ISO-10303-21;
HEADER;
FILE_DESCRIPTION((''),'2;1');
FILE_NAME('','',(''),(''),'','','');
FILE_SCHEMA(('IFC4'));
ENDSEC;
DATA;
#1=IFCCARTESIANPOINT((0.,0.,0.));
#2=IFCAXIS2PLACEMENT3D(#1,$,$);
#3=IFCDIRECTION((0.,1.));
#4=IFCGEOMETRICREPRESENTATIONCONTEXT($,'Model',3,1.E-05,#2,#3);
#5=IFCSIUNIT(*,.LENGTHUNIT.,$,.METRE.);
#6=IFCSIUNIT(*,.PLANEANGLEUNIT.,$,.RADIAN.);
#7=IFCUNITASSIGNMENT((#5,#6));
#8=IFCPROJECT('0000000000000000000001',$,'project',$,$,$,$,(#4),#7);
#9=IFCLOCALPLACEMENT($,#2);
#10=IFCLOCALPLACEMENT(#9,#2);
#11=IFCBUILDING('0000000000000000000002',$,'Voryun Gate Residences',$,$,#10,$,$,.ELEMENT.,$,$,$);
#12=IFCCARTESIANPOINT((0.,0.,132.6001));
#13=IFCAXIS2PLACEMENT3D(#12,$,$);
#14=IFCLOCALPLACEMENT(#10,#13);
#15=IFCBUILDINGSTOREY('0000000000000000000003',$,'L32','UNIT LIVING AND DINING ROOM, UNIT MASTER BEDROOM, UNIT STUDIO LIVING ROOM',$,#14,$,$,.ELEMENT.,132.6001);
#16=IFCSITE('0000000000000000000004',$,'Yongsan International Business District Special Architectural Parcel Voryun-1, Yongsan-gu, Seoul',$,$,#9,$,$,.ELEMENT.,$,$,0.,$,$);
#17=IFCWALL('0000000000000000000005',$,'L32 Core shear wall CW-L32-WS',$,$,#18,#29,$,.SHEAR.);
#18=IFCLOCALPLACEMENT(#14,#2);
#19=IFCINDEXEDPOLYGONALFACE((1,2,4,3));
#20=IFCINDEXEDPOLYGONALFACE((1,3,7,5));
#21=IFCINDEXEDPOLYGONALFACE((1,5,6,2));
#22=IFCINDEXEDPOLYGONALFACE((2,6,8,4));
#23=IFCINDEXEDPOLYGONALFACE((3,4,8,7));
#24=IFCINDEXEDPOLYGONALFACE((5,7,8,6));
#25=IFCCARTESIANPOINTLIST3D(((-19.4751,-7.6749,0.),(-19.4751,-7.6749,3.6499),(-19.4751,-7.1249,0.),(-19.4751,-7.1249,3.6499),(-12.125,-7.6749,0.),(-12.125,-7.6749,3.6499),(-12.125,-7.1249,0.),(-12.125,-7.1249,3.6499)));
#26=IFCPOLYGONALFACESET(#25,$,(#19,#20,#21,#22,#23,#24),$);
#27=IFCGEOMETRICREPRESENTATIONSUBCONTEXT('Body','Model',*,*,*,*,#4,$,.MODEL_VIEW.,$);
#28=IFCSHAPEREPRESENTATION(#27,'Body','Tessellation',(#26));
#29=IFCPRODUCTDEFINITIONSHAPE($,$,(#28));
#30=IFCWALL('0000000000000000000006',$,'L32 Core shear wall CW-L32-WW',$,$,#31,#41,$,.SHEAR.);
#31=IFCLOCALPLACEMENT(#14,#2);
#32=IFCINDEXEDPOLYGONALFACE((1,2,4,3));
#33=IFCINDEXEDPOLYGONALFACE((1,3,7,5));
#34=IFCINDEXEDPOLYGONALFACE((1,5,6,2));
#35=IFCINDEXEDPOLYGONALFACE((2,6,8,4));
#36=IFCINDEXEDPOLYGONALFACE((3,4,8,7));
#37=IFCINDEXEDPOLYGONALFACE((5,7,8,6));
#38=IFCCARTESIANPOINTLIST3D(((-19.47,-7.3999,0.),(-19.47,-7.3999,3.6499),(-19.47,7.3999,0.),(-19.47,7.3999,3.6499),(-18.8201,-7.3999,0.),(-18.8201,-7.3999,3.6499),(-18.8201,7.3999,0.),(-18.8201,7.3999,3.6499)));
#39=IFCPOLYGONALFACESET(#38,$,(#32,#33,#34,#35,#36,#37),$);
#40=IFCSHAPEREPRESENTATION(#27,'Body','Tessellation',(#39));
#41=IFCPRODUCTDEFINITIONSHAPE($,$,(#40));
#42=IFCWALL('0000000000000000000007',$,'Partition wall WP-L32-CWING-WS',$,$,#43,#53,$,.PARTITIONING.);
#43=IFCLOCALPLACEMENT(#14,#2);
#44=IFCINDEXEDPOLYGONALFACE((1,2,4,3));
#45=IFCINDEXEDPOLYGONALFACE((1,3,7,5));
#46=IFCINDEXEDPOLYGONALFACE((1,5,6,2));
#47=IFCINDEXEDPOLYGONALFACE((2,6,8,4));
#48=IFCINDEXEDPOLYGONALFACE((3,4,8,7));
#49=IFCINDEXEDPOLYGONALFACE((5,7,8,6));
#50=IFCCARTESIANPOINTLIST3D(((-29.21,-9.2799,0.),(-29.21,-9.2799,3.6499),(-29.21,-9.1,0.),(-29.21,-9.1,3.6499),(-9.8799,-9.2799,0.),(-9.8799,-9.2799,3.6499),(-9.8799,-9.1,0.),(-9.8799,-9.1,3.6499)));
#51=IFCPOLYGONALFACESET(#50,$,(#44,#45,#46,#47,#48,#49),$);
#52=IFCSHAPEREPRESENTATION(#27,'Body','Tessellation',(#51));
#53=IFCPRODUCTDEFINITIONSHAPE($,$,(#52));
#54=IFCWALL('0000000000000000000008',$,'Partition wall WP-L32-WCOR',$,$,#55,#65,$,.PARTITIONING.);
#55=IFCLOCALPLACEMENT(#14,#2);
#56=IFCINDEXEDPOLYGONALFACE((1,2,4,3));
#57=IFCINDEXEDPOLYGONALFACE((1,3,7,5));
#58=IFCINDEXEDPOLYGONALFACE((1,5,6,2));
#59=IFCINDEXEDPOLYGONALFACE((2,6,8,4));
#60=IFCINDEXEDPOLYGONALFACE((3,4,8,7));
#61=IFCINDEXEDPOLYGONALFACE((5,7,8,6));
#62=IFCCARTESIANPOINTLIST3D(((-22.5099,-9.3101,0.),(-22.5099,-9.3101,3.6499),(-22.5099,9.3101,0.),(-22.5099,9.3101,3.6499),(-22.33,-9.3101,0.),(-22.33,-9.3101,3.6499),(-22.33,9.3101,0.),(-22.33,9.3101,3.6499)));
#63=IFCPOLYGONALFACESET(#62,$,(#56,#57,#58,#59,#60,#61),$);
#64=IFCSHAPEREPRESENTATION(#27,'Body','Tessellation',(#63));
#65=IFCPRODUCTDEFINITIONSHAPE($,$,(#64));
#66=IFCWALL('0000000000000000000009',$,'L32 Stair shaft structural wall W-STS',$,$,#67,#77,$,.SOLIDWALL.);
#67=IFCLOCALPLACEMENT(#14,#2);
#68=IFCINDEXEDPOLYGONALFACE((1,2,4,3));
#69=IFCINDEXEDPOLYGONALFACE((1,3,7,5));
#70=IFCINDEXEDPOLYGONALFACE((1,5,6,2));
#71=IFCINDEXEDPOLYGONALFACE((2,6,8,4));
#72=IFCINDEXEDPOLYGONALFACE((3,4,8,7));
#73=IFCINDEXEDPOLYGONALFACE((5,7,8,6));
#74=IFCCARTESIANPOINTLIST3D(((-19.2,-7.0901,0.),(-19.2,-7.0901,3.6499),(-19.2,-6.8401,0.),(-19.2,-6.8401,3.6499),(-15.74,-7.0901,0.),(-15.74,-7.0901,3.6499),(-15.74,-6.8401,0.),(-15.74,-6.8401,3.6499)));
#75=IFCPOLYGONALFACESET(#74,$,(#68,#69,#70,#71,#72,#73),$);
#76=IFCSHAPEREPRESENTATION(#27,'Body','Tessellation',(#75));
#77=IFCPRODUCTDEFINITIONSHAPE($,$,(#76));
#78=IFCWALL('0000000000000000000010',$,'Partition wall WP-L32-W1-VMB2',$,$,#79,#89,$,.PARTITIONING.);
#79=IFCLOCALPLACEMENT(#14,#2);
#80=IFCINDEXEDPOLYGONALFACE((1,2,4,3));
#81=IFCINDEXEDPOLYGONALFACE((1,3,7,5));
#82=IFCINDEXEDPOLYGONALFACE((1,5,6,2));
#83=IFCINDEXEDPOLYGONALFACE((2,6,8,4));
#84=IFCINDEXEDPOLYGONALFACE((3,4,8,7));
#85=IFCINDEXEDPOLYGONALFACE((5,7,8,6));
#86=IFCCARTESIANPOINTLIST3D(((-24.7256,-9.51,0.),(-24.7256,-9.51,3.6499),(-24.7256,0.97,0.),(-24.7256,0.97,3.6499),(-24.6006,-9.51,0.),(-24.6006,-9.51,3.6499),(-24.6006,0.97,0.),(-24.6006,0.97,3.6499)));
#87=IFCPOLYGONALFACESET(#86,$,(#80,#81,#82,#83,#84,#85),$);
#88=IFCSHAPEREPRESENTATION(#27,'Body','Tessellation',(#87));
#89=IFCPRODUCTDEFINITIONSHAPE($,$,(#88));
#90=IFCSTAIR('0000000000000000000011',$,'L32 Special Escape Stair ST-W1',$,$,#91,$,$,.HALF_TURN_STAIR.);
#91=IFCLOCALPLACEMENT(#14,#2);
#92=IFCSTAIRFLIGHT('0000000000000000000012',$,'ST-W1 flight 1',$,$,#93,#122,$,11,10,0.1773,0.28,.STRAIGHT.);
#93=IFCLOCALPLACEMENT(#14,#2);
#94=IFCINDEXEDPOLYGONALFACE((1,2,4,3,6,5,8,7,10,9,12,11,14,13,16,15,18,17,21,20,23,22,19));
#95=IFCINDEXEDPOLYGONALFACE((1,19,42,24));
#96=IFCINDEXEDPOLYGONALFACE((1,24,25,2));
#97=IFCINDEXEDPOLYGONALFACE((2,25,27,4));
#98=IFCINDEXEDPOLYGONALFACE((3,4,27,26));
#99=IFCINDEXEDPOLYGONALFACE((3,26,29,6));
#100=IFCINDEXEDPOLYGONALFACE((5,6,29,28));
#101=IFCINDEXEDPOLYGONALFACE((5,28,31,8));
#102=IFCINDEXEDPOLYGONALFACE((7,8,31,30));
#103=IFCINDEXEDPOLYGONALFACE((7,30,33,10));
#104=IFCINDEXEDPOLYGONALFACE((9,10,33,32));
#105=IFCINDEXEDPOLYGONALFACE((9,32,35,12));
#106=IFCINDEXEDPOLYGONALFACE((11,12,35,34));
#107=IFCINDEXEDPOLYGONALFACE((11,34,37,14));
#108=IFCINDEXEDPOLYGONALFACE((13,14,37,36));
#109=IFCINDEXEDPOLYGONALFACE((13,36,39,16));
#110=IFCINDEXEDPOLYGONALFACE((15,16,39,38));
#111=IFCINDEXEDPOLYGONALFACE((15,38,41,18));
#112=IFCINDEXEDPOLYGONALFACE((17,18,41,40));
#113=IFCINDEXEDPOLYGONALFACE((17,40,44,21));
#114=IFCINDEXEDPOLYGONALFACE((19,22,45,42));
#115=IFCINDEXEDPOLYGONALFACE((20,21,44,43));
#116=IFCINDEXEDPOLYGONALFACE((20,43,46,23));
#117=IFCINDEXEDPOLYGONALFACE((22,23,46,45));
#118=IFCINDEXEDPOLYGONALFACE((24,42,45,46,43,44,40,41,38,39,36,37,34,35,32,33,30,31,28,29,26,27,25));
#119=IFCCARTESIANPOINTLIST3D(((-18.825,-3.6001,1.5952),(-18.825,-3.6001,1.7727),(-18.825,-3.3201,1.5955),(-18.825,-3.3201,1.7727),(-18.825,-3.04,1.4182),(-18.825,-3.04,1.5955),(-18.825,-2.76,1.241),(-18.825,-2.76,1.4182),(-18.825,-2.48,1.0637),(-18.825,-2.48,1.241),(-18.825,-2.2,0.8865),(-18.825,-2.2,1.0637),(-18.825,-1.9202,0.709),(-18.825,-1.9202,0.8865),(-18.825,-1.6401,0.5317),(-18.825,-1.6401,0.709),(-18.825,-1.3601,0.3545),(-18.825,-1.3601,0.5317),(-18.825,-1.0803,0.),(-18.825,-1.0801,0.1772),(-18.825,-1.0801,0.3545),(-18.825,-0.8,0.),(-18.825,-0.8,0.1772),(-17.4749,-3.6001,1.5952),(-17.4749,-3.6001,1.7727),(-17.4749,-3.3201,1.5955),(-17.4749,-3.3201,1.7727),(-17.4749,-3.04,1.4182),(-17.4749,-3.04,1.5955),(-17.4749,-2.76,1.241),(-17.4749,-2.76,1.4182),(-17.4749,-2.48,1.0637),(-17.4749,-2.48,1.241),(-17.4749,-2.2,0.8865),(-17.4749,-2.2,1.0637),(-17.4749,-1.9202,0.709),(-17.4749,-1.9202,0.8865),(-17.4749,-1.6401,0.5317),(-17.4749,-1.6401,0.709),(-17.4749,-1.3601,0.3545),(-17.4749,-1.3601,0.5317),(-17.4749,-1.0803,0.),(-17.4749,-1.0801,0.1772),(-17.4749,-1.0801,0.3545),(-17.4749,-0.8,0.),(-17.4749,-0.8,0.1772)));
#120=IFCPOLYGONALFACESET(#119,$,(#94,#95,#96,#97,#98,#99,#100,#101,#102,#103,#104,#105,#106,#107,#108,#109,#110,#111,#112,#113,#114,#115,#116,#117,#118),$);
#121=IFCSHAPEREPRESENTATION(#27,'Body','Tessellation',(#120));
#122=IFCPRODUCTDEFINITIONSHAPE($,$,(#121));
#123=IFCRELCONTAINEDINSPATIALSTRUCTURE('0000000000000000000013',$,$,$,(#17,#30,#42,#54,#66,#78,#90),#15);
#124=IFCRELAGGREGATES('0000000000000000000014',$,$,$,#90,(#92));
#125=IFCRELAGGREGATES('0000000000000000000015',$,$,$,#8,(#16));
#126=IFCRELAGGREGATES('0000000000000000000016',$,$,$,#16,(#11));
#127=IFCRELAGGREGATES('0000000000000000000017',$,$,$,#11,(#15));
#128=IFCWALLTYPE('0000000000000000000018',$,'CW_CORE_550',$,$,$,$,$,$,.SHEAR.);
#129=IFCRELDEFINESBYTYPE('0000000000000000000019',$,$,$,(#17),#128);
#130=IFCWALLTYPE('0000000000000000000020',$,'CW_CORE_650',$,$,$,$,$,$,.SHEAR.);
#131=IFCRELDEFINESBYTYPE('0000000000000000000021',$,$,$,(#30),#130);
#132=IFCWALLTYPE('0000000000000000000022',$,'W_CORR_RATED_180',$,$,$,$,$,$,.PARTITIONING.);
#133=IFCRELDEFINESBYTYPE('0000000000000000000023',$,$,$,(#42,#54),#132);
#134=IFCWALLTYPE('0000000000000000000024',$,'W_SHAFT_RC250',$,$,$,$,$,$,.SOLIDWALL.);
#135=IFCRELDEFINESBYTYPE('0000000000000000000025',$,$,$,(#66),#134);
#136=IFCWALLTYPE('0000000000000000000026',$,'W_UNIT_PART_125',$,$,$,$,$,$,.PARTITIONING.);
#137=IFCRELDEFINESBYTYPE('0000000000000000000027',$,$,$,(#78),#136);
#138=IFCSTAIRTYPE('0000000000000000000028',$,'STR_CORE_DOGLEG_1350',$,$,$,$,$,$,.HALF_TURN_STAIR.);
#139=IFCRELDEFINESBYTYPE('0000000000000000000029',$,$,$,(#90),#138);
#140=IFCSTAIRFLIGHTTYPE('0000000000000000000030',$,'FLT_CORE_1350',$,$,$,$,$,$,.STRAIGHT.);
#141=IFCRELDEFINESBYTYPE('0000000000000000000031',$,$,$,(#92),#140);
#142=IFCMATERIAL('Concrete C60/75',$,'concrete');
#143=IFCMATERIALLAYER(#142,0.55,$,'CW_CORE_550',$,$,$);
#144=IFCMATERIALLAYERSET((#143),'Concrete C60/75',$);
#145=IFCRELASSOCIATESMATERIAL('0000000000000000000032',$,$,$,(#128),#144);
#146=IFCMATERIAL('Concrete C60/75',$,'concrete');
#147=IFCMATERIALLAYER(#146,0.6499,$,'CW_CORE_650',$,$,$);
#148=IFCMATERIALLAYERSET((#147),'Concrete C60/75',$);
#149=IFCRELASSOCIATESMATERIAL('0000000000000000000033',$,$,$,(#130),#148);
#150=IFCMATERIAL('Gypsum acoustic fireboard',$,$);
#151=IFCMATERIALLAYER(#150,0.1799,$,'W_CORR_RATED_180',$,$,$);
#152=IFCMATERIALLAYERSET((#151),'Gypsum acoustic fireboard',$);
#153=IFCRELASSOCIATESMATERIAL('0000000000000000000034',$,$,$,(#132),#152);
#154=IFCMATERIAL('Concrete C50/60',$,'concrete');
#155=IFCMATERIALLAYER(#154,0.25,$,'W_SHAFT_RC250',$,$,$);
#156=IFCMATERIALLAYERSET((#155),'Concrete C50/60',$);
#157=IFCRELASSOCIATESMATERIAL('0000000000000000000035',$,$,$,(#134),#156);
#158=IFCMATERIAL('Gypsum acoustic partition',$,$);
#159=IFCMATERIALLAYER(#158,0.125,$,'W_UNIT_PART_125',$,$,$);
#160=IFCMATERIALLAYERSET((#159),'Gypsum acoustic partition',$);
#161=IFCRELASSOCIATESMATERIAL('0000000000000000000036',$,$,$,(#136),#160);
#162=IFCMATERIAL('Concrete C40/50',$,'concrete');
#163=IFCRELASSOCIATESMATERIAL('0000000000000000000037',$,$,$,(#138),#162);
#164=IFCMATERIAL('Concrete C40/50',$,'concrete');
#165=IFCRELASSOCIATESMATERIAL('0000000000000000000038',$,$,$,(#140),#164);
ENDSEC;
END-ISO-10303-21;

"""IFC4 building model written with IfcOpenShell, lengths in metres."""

from ifc_helpers import new_model, si_unit, direction, frame, frame_2d, origin, place, context, subcontext, project, spatial, polyline, rectangle, outline, extrude, material, layer, layer_set, type_object, element, aggregate, save


model = new_model("IFC4")

# Units and contexts
model_context = context("Model", 3, precision=1e-05, world=origin(), true_north=direction((0.0, 1.0)))
body_context = subcontext(model_context, "Body", "Model", "MODEL_VIEW")
ifc_project = project(units=[si_unit("LENGTHUNIT", "METRE"), si_unit("PLANEANGLEUNIT", "RADIAN")], contexts=[model_context])

# Site, building, storey
site_placement = place(None, origin())
site = spatial("IfcSite", under=ifc_project, at=site_placement, Name="Yongsan International Business District Special Architectural Parcel Voryun-1, Yongsan-gu, Seoul", CompositionType="ELEMENT", RefElevation=0.0)
building_placement = place(site_placement, origin())
building = spatial("IfcBuilding", under=site, at=building_placement, Name="Voryun Gate Residences", CompositionType="ELEMENT")
storey_placement = place(building_placement, frame((0.0, 0.0, 132.6001)))
storey = spatial("IfcBuildingStorey", under=building, at=storey_placement, Name="L32", Description="UNIT LIVING AND DINING ROOM, UNIT MASTER BEDROOM, UNIT STUDIO LIVING ROOM", CompositionType="ELEMENT", Elevation=132.6001)

# Walls
ifc_material_1 = material(Name="Concrete C60/75", Category="concrete")
ifc_layer_1 = layer(ifc_material_1, 0.55, Name="CW_CORE_550")
ifc_layer_set_1 = layer_set([ifc_layer_1], Name="Concrete C60/75")
wall_type_1 = type_object("IfcWallType", Name="CW_CORE_550", PredefinedType="SHEAR", material=ifc_layer_set_1)
wall_1_placement = place(storey_placement, frame((-19.4751, -7.3999, 0.0), z_axis=(0.0, 0.0, 1.0), x_axis=(1.0, 0.0, 0.0)))
element("IfcWall", 1, at=wall_1_placement, inside=storey, type_object=wall_type_1, Name="L32 Core shear wall CW-L32-WS", PredefinedType="SHEAR", context=body_context, shape_type="SweptSolid", body=[
    extrude(rectangle(XDim=7.3501, YDim=0.55, at=frame_2d((3.675, 0.0))), origin(), (0.0, 0.0, 1.0), 3.6499),
])
ifc_material_2 = material(Name="Concrete C60/75", Category="concrete")
ifc_layer_2 = layer(ifc_material_2, 0.6499, Name="CW_CORE_650")
ifc_layer_set_2 = layer_set([ifc_layer_2], Name="Concrete C60/75")
wall_type_2 = type_object("IfcWallType", Name="CW_CORE_650", PredefinedType="SHEAR", material=ifc_layer_set_2)
wall_2_placement = place(storey_placement, frame((-19.145, -7.3999, 0.0), z_axis=(0.0, 0.0, 1.0), x_axis=(0.0, 1.0, 0.0)))
element("IfcWall", 2, at=wall_2_placement, inside=storey, type_object=wall_type_2, Name="L32 Core shear wall CW-L32-WW", PredefinedType="SHEAR", context=body_context, shape_type="SweptSolid", body=[
    extrude(rectangle(XDim=14.7998, YDim=0.6499, at=frame_2d((7.3999, 0.0))), origin(), (0.0, 0.0, 1.0), 3.6499),
])
ifc_material_3 = material(Name="Gypsum acoustic fireboard")
ifc_layer_3 = layer(ifc_material_3, 0.1799, Name="W_CORR_RATED_180")
ifc_layer_set_3 = layer_set([ifc_layer_3], Name="Gypsum acoustic fireboard")
wall_type_3 = type_object("IfcWallType", Name="W_CORR_RATED_180", PredefinedType="PARTITIONING", material=ifc_layer_set_3)
wall_3_placement = place(storey_placement, frame((-29.21, -9.1899, 0.0), z_axis=(0.0, 0.0, 1.0), x_axis=(1.0, 0.0, 0.0)))
element("IfcWall", 3, at=wall_3_placement, inside=storey, type_object=wall_type_3, Name="Partition wall WP-L32-CWING-WS", PredefinedType="PARTITIONING", context=body_context, shape_type="SweptSolid", body=[
    extrude(rectangle(XDim=19.3301, YDim=0.1799, at=frame_2d((9.665, 0.0))), origin(), (0.0, 0.0, 1.0), 3.6499),
])
wall_4_placement = place(storey_placement, frame((-22.4199, -9.3101, 0.0), z_axis=(0.0, 0.0, 1.0), x_axis=(0.0, 1.0, 0.0)))
element("IfcWall", 4, at=wall_4_placement, inside=storey, type_object=wall_type_3, Name="Partition wall WP-L32-WCOR", PredefinedType="PARTITIONING", context=body_context, shape_type="SweptSolid", body=[
    extrude(rectangle(XDim=18.6201, YDim=0.1799, at=frame_2d((9.3101, 0.0))), origin(), (0.0, 0.0, 1.0), 3.6499),
])
ifc_material_4 = material(Name="Concrete C50/60", Category="concrete")
ifc_layer_4 = layer(ifc_material_4, 0.25, Name="W_SHAFT_RC250")
ifc_layer_set_4 = layer_set([ifc_layer_4], Name="Concrete C50/60")
wall_type_4 = type_object("IfcWallType", Name="W_SHAFT_RC250", PredefinedType="SOLIDWALL", material=ifc_layer_set_4)
wall_5_placement = place(storey_placement, frame((-19.2, -6.9651, 0.0), z_axis=(0.0, 0.0, 1.0), x_axis=(1.0, 0.0, 0.0)))
element("IfcWall", 5, at=wall_5_placement, inside=storey, type_object=wall_type_4, Name="L32 Stair shaft structural wall W-STS", PredefinedType="SOLIDWALL", context=body_context, shape_type="SweptSolid", body=[
    extrude(rectangle(XDim=3.46, YDim=0.25, at=frame_2d((1.73, 0.0))), origin(), (0.0, 0.0, 1.0), 3.6499),
])
ifc_material_5 = material(Name="Gypsum acoustic partition")
ifc_layer_5 = layer(ifc_material_5, 0.125, Name="W_UNIT_PART_125")
ifc_layer_set_5 = layer_set([ifc_layer_5], Name="Gypsum acoustic partition")
wall_type_5 = type_object("IfcWallType", Name="W_UNIT_PART_125", PredefinedType="PARTITIONING", material=ifc_layer_set_5)
wall_6_placement = place(storey_placement, frame((-24.6631, -9.51, 0.0), z_axis=(0.0, 0.0, 1.0), x_axis=(0.0, 1.0, 0.0)))
element("IfcWall", 6, at=wall_6_placement, inside=storey, type_object=wall_type_5, Name="Partition wall WP-L32-W1-VMB2", PredefinedType="PARTITIONING", context=body_context, shape_type="SweptSolid", body=[
    extrude(rectangle(XDim=10.48, YDim=0.125, at=frame_2d((5.24, 0.0))), origin(), (0.0, 0.0, 1.0), 3.6499),
])

# Stair, stair flight
ifc_material_6 = material(Name="Concrete C40/50", Category="concrete")
stair_type = type_object("IfcStairType", Name="STR_CORE_DOGLEG_1350", PredefinedType="HALF_TURN_STAIR", material=ifc_material_6)
stair_placement = place(storey_placement, origin())
stair = element("IfcStair", 7, at=stair_placement, inside=storey, type_object=stair_type, Name="L32 Special Escape Stair ST-W1", PredefinedType="HALF_TURN_STAIR")
ifc_material_7 = material(Name="Concrete C40/50", Category="concrete")
stair_flight_type = type_object("IfcStairFlightType", Name="FLT_CORE_1350", PredefinedType="STRAIGHT", material=ifc_material_7)
stair_flight_placement = place(storey_placement, frame((-18.1499, -0.8, 0.0), z_axis=(0.0, 0.0, 1.0), x_axis=(0.0, -1.0, 0.0)))
stair_flight = element("IfcStairFlight", 8, at=stair_flight_placement, type_object=stair_flight_type, Name="ST-W1 flight 1", NumberOfRisers=11, NumberOfTreads=10, PredefinedType="STRAIGHT", RiserHeight=0.1773, TreadLength=0.28, context=body_context, shape_type="SweptSolid", body=[
    extrude(outline(polyline([(0.0, 0.0), (0.0, 0.1772), (0.28, 0.1772), (0.28, 0.3545), (0.5601, 0.3545), (0.5601, 0.5317), (0.8401, 0.5317), (0.8401, 0.709), (1.1201, 0.709), (1.1201, 0.8865), (1.3999, 0.8865), (1.3999, 1.0637), (1.6799, 1.0637), (1.6799, 1.241), (1.96, 1.241), (1.96, 1.4182), (2.24, 1.4182), (2.24, 1.5955), (2.52, 1.5955), (2.52, 1.7727), (2.8, 1.7727), (2.8, 1.95), (2.8, 1.5952), (0.2803, 0.0), (0.0, 0.0)])), frame((0.0, 0.675, 0.0), z_axis=(0.0, -1.0, 0.0), x_axis=(1.0, 0.0, 0.0)), (0.0, 0.0, 1.0), 1.3501),
])
aggregate(stair, [stair_flight])

save(model, "model.ifc")
